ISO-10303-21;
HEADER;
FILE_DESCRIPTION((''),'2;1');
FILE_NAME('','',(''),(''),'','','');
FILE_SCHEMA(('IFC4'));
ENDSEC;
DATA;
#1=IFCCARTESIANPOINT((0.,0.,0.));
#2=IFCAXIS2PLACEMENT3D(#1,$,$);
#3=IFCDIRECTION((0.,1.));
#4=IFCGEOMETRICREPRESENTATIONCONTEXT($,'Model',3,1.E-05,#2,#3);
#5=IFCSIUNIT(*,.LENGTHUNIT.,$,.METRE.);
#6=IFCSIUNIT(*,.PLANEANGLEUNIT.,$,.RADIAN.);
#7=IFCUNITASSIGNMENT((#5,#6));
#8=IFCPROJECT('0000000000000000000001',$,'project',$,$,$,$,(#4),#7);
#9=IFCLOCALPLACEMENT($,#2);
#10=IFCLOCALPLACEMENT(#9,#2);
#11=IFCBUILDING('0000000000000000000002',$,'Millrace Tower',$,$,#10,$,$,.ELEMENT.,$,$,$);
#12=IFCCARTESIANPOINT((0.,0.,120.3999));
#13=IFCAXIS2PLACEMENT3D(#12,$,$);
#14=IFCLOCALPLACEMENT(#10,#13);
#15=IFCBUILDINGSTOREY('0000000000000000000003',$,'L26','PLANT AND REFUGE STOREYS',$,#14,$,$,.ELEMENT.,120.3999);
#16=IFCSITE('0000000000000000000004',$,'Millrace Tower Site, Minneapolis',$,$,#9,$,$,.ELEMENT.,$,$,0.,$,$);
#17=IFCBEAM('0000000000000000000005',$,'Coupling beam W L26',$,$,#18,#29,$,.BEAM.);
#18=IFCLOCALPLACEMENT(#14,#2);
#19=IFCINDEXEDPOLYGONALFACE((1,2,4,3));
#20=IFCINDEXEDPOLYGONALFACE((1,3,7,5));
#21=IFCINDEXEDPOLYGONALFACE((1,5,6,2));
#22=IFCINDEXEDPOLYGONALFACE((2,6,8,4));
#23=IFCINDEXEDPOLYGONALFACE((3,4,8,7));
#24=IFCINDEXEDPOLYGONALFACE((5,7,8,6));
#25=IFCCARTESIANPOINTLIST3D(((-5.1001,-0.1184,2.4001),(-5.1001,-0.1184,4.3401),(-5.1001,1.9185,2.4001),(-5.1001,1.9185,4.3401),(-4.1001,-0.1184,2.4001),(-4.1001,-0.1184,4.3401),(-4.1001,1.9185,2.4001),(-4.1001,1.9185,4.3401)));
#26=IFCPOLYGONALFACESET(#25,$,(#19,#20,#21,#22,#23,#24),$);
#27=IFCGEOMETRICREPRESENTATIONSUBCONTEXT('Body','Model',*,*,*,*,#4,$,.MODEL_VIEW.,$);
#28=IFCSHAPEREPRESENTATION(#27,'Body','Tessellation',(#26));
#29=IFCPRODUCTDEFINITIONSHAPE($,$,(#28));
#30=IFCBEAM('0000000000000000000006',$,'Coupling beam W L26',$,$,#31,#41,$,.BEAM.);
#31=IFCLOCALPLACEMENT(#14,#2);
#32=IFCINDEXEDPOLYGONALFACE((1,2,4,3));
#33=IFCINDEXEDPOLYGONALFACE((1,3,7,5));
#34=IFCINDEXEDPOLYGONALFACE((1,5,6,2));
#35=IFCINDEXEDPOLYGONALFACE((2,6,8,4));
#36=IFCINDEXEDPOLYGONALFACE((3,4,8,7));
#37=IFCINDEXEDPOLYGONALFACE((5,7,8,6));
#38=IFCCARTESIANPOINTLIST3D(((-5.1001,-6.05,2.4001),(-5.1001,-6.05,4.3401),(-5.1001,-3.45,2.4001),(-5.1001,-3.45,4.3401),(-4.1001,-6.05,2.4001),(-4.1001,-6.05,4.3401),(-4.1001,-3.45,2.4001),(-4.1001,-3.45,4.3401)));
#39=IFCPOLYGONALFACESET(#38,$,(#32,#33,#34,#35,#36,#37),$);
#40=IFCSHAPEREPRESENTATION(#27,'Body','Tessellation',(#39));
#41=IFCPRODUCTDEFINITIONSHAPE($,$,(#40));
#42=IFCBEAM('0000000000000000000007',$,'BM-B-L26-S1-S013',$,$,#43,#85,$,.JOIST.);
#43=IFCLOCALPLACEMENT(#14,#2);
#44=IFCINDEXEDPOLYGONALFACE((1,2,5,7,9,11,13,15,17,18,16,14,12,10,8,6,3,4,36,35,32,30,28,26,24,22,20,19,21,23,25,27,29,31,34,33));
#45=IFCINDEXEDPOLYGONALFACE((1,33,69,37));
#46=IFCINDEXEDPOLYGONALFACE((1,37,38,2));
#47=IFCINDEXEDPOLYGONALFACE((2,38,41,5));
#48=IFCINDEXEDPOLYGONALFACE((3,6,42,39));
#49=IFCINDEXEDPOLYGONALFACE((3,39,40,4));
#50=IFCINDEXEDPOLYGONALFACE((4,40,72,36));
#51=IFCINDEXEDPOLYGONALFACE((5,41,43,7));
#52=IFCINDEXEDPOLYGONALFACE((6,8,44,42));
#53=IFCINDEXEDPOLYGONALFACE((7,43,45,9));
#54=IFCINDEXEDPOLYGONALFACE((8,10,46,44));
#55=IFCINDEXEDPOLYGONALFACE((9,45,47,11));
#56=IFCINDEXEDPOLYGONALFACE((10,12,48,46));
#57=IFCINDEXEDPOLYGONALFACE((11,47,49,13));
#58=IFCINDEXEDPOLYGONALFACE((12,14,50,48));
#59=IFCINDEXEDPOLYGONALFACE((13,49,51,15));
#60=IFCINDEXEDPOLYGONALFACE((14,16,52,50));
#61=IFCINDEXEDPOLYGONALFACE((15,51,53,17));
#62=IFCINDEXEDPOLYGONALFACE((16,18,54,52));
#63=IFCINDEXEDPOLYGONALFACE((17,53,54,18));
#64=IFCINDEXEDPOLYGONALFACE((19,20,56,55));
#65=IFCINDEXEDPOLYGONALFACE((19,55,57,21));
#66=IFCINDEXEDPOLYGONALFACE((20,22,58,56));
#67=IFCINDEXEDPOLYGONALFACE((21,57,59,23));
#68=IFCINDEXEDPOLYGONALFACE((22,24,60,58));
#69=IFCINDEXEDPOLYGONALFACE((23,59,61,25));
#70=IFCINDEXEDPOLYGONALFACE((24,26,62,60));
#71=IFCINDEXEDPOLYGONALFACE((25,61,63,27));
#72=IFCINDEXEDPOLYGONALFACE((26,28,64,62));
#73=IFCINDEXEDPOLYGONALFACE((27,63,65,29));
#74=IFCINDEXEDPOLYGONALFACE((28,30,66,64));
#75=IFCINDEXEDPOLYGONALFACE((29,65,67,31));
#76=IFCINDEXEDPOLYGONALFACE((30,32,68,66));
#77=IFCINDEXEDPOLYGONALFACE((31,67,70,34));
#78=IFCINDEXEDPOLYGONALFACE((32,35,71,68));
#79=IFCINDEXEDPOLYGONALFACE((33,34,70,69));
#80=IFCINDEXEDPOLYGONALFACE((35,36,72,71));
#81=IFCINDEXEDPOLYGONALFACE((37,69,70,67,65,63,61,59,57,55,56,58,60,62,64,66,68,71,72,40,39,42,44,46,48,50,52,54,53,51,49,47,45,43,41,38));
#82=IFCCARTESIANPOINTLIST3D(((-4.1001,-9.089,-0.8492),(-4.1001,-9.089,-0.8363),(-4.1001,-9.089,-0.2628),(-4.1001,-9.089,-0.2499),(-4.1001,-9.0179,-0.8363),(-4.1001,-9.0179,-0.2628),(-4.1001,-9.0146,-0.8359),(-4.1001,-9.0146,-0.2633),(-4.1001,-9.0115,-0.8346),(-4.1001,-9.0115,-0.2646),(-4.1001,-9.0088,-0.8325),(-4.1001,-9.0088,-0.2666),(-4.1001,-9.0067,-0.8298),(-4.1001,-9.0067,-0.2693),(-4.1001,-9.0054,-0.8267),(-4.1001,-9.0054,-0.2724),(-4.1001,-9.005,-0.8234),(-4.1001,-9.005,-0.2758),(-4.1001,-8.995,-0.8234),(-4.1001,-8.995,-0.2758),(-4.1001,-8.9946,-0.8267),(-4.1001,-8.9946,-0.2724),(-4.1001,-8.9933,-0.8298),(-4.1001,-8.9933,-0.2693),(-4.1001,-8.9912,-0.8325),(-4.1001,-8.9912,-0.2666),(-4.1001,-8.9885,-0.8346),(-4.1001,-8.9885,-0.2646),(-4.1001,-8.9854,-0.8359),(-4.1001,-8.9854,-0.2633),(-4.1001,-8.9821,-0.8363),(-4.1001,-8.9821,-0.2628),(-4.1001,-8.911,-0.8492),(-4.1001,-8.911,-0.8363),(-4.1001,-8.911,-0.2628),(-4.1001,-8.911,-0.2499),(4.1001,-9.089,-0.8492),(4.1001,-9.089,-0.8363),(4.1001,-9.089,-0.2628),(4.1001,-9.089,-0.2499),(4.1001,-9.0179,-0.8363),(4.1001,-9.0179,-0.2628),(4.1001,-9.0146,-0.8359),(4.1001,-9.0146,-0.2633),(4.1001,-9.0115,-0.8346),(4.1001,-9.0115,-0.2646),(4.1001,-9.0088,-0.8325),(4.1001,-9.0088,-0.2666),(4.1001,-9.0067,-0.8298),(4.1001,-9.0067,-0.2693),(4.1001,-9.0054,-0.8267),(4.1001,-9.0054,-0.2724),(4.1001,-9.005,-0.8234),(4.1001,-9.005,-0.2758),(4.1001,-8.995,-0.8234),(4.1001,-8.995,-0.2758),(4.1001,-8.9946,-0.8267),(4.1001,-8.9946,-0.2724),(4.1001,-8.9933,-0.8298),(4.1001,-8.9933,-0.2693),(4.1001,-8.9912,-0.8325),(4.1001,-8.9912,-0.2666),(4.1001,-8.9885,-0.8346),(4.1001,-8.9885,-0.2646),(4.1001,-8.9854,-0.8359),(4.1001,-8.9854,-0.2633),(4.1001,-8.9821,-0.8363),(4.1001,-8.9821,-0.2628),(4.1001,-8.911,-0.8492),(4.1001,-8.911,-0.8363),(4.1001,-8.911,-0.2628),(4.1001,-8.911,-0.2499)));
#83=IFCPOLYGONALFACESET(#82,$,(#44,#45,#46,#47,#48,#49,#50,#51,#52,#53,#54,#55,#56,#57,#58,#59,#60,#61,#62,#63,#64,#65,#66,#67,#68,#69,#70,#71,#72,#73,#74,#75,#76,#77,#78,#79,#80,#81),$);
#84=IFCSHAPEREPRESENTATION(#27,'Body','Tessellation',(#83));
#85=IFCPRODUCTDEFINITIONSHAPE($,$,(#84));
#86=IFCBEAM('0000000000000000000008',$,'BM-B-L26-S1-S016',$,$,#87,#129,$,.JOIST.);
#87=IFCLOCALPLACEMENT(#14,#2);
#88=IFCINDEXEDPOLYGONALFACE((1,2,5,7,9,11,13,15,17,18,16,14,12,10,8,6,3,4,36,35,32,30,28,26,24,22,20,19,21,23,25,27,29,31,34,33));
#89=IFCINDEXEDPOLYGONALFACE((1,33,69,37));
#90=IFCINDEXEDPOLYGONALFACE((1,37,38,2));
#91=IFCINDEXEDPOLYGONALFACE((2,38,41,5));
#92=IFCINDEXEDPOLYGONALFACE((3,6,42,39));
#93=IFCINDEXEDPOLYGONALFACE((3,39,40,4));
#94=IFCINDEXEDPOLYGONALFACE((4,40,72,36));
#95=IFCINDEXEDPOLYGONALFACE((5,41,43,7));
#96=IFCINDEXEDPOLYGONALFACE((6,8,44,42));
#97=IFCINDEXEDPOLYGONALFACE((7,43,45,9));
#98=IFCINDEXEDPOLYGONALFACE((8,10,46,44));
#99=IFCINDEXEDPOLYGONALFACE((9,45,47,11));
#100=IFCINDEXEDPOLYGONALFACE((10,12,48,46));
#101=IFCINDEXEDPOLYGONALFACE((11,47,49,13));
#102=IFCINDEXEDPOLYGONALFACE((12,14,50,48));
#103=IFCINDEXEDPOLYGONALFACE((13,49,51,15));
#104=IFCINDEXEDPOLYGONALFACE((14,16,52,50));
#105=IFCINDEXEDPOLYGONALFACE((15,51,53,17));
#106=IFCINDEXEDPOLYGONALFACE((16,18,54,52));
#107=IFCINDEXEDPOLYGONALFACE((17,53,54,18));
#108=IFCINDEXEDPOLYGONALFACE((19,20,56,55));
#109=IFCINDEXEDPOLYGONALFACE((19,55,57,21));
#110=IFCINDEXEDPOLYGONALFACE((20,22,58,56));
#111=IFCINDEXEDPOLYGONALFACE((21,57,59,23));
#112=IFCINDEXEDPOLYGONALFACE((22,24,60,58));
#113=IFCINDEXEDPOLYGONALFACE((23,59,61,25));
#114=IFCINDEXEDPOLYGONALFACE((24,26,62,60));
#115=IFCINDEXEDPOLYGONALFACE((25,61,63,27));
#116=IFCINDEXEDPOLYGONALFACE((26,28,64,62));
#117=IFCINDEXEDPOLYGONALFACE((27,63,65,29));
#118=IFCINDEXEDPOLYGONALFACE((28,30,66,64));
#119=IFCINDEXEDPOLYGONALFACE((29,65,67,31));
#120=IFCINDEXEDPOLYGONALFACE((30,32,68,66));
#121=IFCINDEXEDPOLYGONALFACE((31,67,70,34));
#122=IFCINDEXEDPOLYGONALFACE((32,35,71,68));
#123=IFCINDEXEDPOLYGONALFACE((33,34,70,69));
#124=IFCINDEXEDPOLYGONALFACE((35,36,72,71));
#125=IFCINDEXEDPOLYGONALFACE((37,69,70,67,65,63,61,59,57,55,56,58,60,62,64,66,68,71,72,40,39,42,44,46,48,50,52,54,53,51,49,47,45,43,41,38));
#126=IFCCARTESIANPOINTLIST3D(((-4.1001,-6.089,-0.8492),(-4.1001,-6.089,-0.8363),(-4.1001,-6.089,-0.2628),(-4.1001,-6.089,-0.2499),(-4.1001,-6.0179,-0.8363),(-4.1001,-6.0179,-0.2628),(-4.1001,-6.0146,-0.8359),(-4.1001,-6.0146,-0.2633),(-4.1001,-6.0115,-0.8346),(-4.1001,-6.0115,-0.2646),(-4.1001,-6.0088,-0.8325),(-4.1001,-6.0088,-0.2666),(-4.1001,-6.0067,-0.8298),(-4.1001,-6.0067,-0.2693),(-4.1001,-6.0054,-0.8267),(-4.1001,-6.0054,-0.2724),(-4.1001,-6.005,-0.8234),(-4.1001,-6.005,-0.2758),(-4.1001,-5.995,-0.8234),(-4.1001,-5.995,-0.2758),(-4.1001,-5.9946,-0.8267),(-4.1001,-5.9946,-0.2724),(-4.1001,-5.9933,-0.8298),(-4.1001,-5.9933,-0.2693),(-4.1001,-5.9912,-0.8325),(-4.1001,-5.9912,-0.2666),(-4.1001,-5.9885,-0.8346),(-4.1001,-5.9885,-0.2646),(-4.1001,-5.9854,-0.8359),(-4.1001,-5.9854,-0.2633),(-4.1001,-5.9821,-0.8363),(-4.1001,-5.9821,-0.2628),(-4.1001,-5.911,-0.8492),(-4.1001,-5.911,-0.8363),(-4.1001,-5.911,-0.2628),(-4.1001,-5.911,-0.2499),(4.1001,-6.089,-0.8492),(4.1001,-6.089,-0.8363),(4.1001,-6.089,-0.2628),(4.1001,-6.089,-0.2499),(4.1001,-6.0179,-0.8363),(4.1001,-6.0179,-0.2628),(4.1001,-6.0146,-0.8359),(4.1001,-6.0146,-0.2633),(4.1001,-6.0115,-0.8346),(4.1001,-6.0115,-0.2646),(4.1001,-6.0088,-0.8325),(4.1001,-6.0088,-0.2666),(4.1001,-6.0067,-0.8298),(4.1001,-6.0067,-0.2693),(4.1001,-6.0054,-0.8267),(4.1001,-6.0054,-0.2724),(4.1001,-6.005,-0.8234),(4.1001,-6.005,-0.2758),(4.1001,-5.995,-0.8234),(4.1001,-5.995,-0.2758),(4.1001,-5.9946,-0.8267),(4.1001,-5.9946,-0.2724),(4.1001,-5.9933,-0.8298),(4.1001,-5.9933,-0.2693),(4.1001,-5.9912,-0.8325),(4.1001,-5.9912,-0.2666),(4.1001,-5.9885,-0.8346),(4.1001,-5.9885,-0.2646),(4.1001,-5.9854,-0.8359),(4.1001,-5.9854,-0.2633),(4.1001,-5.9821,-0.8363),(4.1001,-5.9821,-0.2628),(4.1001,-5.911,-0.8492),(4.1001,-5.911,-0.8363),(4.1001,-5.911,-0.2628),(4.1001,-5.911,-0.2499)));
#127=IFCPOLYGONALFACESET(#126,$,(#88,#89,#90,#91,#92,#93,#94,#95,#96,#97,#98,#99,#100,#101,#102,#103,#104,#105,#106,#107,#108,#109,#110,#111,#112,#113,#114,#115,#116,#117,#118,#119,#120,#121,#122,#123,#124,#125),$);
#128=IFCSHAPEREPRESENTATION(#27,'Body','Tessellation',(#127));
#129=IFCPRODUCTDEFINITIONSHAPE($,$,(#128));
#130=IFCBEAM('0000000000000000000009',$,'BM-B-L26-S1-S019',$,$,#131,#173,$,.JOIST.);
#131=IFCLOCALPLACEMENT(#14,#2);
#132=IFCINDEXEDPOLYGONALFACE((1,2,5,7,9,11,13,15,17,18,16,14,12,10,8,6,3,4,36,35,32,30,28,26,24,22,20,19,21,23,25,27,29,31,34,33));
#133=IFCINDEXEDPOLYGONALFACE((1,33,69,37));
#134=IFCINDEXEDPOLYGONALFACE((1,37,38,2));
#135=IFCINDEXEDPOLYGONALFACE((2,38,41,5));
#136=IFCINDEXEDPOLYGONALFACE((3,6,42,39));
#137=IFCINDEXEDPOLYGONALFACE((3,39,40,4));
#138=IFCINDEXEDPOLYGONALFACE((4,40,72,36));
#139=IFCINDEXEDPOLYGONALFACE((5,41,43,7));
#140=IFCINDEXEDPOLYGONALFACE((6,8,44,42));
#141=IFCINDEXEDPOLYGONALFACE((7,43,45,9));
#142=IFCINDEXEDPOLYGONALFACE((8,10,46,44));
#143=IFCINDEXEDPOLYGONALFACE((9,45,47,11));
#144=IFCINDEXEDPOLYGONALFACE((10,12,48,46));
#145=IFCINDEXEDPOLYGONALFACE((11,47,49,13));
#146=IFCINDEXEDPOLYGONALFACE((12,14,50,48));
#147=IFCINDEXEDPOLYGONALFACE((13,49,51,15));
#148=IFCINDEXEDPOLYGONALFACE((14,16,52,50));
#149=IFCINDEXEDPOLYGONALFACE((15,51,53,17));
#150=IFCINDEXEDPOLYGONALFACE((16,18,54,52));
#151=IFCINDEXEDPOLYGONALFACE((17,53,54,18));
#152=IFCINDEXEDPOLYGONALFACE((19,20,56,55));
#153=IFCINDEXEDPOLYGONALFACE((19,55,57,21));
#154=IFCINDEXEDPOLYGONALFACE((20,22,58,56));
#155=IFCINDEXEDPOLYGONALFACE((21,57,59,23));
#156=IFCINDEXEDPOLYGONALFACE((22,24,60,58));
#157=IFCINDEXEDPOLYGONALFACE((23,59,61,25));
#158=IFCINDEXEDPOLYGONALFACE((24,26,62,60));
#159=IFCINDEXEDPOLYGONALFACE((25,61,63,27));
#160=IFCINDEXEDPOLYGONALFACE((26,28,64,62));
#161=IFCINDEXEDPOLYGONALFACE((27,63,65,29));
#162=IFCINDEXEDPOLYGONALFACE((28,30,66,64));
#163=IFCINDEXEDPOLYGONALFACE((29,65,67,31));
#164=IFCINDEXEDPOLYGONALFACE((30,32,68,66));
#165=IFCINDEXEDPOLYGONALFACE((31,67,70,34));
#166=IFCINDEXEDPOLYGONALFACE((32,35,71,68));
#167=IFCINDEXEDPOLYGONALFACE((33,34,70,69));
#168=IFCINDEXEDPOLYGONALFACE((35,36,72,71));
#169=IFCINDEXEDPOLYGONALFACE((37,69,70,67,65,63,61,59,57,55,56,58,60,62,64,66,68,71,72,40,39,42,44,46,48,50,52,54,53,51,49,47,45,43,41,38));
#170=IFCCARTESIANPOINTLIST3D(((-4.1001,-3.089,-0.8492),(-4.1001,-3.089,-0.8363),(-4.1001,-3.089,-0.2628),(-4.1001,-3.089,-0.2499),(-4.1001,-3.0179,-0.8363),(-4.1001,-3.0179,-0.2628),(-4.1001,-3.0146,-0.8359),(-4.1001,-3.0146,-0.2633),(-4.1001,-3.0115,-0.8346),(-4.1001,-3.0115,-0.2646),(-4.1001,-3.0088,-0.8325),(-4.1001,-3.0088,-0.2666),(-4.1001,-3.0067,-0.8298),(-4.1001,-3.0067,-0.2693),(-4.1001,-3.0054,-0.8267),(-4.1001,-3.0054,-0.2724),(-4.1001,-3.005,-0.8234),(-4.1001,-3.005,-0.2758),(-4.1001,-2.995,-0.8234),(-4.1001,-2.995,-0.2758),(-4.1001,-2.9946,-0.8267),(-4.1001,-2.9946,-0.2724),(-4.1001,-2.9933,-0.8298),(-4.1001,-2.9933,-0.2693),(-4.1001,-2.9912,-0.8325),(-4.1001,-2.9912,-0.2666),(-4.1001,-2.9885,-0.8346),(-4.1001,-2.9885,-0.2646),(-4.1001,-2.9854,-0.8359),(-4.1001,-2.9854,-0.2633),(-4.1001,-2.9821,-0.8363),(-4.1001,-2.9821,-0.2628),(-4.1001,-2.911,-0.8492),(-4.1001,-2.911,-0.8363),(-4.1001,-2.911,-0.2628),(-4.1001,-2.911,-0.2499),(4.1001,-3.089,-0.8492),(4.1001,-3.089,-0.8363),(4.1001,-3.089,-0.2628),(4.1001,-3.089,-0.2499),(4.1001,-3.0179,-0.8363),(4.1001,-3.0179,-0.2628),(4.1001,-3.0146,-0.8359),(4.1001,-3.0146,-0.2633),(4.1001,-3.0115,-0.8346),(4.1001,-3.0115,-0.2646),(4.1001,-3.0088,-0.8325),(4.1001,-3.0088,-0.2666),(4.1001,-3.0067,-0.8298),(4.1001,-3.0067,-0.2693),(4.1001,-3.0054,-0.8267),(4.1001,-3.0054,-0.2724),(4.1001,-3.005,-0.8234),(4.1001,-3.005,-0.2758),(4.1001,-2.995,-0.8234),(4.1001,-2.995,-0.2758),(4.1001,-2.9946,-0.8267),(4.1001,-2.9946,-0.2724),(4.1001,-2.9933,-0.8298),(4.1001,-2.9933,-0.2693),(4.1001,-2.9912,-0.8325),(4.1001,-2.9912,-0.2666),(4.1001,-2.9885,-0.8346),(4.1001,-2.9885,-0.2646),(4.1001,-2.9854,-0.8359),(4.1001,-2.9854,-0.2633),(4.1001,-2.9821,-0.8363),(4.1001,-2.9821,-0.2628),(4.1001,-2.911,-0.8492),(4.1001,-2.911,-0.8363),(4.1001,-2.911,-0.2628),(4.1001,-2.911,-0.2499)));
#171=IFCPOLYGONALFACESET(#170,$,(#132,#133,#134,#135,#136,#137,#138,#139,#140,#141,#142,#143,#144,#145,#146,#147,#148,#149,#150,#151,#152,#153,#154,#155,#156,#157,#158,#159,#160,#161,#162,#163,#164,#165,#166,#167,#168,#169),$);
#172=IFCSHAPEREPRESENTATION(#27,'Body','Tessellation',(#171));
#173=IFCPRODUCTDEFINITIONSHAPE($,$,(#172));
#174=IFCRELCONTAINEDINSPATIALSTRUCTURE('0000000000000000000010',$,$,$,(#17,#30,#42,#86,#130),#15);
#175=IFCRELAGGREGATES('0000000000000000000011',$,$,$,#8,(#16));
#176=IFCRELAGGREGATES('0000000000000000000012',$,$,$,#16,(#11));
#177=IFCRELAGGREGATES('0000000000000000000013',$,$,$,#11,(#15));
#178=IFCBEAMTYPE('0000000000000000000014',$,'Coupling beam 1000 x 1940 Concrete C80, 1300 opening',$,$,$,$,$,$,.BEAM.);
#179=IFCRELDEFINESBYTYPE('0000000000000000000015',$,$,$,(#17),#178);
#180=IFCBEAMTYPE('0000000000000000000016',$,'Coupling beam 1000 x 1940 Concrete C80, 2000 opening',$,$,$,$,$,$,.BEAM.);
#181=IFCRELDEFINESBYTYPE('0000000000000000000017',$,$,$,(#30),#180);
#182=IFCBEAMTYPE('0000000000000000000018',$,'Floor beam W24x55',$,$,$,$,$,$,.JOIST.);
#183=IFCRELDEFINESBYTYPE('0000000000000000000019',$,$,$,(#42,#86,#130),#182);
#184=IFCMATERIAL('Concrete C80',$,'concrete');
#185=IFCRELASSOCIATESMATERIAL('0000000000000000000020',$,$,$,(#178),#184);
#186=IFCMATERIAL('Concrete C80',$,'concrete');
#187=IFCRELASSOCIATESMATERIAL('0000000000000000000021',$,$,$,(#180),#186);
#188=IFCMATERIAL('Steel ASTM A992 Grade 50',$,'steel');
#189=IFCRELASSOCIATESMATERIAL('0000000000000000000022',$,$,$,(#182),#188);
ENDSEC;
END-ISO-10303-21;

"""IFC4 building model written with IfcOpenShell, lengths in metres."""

from ifc_helpers import new_model, si_unit, direction, frame, origin, origin_2d, place, context, subcontext, project, spatial, rectangle, i_section, extrude, material, material_profile, profile_set, type_object, element, save


model = new_model("IFC4")

# Units and contexts
model_context = context("Model", 3, precision=1e-05, world=origin(), true_north=direction((0.0, 1.0)))
body_context = subcontext(model_context, "Body", "Model", "MODEL_VIEW")
ifc_project = project(units=[si_unit("LENGTHUNIT", "METRE"), si_unit("PLANEANGLEUNIT", "RADIAN")], contexts=[model_context])

# Site, building, storey
site_placement = place(None, origin())
site = spatial("IfcSite", under=ifc_project, at=site_placement, Name="Millrace Tower Site, Minneapolis", CompositionType="ELEMENT", RefElevation=0.0)
building_placement = place(site_placement, origin())
building = spatial("IfcBuilding", under=site, at=building_placement, Name="Millrace Tower", CompositionType="ELEMENT")
storey_placement = place(building_placement, frame((0.0, 0.0, 120.3999)))
storey = spatial("IfcBuildingStorey", under=building, at=storey_placement, Name="L26", Description="PLANT AND REFUGE STOREYS", CompositionType="ELEMENT", Elevation=120.3999)

# Beams
ifc_material_1 = material(Name="Concrete C80", Category="concrete")
ifc_material_profile_1 = material_profile(ifc_material_1, rectangle(XDim=1.0, YDim=1.9399, at=origin_2d()))
ifc_profile_set_1 = profile_set([ifc_material_profile_1], Name="Concrete C80")
beam_type_1 = type_object("IfcBeamType", Name="Coupling beam 1000 x 1940 Concrete C80, 1300 opening", PredefinedType="BEAM", material=ifc_profile_set_1)
beam_1_placement = place(storey_placement, frame((-4.6001, -0.1184, 3.3701), z_axis=(0.0, 1.0, 0.0), x_axis=(-1.0, 0.0, 0.0)))
element("IfcBeam", 1, at=beam_1_placement, inside=storey, type_object=beam_type_1, Name="Coupling beam W L26", PredefinedType="BEAM", context=body_context, shape_type="SweptSolid", body=[
    extrude(rectangle(XDim=1.0, YDim=1.9399, at=origin_2d()), origin(), (0.0, 0.0, 1.0), 2.0369),
])
ifc_material_2 = material(Name="Concrete C80", Category="concrete")
ifc_material_profile_2 = material_profile(ifc_material_2, rectangle(XDim=1.0, YDim=1.9399, at=origin_2d()))
ifc_profile_set_2 = profile_set([ifc_material_profile_2], Name="Concrete C80")
beam_type_2 = type_object("IfcBeamType", Name="Coupling beam 1000 x 1940 Concrete C80, 2000 opening", PredefinedType="BEAM", material=ifc_profile_set_2)
beam_2_placement = place(storey_placement, frame((-4.6001, -6.05, 3.3701), z_axis=(0.0, 1.0, 0.0), x_axis=(-1.0, 0.0, 0.0)))
element("IfcBeam", 2, at=beam_2_placement, inside=storey, type_object=beam_type_2, Name="Coupling beam W L26", PredefinedType="BEAM", context=body_context, shape_type="SweptSolid", body=[
    extrude(rectangle(XDim=1.0, YDim=1.9399, at=origin_2d()), origin(), (0.0, 0.0, 1.0), 2.6001),
])
ifc_material_3 = material(Name="Steel ASTM A992 Grade 50", Category="steel")
ifc_material_profile_3 = material_profile(ifc_material_3, i_section(OverallWidth=0.178, OverallDepth=0.5994, WebThickness=0.01, FlangeThickness=0.0129, FilletRadius=0.0129, at=origin_2d()))
ifc_profile_set_3 = profile_set([ifc_material_profile_3], Name="Steel ASTM A992 Grade 50")
beam_type_3 = type_object("IfcBeamType", Name="Floor beam W24x55", PredefinedType="JOIST", material=ifc_profile_set_3)
for number, where, z_axis, x_axis, name in (
    (3, (-4.1001, -9.0, -0.5496), (1.0, 0.0, 0.0), (0.0, 1.0, 0.0), "BM-B-L26-S1-S013"),
    (4, (-4.1001, -6.0, -0.5496), (1.0, 0.0, 0.0), (0.0, 1.0, 0.0), "BM-B-L26-S1-S016"),
    (5, (-4.1001, -3.0, -0.5496), (1.0, 0.0, 0.0), (0.0, 1.0, 0.0), "BM-B-L26-S1-S019"),
):
    element("IfcBeam", number, at=place(storey_placement, frame(where, z_axis=z_axis, x_axis=x_axis)), inside=storey, type_object=beam_type_3, Name=name, PredefinedType="JOIST", context=body_context, shape_type="SweptSolid", body=[
        extrude(i_section(OverallWidth=0.178, OverallDepth=0.5994, WebThickness=0.01, FlangeThickness=0.0129, FilletRadius=0.0129, at=origin_2d()), origin(), (0.0, 0.0, 1.0), 8.2002),
    ])

save(model, "model.ifc")
